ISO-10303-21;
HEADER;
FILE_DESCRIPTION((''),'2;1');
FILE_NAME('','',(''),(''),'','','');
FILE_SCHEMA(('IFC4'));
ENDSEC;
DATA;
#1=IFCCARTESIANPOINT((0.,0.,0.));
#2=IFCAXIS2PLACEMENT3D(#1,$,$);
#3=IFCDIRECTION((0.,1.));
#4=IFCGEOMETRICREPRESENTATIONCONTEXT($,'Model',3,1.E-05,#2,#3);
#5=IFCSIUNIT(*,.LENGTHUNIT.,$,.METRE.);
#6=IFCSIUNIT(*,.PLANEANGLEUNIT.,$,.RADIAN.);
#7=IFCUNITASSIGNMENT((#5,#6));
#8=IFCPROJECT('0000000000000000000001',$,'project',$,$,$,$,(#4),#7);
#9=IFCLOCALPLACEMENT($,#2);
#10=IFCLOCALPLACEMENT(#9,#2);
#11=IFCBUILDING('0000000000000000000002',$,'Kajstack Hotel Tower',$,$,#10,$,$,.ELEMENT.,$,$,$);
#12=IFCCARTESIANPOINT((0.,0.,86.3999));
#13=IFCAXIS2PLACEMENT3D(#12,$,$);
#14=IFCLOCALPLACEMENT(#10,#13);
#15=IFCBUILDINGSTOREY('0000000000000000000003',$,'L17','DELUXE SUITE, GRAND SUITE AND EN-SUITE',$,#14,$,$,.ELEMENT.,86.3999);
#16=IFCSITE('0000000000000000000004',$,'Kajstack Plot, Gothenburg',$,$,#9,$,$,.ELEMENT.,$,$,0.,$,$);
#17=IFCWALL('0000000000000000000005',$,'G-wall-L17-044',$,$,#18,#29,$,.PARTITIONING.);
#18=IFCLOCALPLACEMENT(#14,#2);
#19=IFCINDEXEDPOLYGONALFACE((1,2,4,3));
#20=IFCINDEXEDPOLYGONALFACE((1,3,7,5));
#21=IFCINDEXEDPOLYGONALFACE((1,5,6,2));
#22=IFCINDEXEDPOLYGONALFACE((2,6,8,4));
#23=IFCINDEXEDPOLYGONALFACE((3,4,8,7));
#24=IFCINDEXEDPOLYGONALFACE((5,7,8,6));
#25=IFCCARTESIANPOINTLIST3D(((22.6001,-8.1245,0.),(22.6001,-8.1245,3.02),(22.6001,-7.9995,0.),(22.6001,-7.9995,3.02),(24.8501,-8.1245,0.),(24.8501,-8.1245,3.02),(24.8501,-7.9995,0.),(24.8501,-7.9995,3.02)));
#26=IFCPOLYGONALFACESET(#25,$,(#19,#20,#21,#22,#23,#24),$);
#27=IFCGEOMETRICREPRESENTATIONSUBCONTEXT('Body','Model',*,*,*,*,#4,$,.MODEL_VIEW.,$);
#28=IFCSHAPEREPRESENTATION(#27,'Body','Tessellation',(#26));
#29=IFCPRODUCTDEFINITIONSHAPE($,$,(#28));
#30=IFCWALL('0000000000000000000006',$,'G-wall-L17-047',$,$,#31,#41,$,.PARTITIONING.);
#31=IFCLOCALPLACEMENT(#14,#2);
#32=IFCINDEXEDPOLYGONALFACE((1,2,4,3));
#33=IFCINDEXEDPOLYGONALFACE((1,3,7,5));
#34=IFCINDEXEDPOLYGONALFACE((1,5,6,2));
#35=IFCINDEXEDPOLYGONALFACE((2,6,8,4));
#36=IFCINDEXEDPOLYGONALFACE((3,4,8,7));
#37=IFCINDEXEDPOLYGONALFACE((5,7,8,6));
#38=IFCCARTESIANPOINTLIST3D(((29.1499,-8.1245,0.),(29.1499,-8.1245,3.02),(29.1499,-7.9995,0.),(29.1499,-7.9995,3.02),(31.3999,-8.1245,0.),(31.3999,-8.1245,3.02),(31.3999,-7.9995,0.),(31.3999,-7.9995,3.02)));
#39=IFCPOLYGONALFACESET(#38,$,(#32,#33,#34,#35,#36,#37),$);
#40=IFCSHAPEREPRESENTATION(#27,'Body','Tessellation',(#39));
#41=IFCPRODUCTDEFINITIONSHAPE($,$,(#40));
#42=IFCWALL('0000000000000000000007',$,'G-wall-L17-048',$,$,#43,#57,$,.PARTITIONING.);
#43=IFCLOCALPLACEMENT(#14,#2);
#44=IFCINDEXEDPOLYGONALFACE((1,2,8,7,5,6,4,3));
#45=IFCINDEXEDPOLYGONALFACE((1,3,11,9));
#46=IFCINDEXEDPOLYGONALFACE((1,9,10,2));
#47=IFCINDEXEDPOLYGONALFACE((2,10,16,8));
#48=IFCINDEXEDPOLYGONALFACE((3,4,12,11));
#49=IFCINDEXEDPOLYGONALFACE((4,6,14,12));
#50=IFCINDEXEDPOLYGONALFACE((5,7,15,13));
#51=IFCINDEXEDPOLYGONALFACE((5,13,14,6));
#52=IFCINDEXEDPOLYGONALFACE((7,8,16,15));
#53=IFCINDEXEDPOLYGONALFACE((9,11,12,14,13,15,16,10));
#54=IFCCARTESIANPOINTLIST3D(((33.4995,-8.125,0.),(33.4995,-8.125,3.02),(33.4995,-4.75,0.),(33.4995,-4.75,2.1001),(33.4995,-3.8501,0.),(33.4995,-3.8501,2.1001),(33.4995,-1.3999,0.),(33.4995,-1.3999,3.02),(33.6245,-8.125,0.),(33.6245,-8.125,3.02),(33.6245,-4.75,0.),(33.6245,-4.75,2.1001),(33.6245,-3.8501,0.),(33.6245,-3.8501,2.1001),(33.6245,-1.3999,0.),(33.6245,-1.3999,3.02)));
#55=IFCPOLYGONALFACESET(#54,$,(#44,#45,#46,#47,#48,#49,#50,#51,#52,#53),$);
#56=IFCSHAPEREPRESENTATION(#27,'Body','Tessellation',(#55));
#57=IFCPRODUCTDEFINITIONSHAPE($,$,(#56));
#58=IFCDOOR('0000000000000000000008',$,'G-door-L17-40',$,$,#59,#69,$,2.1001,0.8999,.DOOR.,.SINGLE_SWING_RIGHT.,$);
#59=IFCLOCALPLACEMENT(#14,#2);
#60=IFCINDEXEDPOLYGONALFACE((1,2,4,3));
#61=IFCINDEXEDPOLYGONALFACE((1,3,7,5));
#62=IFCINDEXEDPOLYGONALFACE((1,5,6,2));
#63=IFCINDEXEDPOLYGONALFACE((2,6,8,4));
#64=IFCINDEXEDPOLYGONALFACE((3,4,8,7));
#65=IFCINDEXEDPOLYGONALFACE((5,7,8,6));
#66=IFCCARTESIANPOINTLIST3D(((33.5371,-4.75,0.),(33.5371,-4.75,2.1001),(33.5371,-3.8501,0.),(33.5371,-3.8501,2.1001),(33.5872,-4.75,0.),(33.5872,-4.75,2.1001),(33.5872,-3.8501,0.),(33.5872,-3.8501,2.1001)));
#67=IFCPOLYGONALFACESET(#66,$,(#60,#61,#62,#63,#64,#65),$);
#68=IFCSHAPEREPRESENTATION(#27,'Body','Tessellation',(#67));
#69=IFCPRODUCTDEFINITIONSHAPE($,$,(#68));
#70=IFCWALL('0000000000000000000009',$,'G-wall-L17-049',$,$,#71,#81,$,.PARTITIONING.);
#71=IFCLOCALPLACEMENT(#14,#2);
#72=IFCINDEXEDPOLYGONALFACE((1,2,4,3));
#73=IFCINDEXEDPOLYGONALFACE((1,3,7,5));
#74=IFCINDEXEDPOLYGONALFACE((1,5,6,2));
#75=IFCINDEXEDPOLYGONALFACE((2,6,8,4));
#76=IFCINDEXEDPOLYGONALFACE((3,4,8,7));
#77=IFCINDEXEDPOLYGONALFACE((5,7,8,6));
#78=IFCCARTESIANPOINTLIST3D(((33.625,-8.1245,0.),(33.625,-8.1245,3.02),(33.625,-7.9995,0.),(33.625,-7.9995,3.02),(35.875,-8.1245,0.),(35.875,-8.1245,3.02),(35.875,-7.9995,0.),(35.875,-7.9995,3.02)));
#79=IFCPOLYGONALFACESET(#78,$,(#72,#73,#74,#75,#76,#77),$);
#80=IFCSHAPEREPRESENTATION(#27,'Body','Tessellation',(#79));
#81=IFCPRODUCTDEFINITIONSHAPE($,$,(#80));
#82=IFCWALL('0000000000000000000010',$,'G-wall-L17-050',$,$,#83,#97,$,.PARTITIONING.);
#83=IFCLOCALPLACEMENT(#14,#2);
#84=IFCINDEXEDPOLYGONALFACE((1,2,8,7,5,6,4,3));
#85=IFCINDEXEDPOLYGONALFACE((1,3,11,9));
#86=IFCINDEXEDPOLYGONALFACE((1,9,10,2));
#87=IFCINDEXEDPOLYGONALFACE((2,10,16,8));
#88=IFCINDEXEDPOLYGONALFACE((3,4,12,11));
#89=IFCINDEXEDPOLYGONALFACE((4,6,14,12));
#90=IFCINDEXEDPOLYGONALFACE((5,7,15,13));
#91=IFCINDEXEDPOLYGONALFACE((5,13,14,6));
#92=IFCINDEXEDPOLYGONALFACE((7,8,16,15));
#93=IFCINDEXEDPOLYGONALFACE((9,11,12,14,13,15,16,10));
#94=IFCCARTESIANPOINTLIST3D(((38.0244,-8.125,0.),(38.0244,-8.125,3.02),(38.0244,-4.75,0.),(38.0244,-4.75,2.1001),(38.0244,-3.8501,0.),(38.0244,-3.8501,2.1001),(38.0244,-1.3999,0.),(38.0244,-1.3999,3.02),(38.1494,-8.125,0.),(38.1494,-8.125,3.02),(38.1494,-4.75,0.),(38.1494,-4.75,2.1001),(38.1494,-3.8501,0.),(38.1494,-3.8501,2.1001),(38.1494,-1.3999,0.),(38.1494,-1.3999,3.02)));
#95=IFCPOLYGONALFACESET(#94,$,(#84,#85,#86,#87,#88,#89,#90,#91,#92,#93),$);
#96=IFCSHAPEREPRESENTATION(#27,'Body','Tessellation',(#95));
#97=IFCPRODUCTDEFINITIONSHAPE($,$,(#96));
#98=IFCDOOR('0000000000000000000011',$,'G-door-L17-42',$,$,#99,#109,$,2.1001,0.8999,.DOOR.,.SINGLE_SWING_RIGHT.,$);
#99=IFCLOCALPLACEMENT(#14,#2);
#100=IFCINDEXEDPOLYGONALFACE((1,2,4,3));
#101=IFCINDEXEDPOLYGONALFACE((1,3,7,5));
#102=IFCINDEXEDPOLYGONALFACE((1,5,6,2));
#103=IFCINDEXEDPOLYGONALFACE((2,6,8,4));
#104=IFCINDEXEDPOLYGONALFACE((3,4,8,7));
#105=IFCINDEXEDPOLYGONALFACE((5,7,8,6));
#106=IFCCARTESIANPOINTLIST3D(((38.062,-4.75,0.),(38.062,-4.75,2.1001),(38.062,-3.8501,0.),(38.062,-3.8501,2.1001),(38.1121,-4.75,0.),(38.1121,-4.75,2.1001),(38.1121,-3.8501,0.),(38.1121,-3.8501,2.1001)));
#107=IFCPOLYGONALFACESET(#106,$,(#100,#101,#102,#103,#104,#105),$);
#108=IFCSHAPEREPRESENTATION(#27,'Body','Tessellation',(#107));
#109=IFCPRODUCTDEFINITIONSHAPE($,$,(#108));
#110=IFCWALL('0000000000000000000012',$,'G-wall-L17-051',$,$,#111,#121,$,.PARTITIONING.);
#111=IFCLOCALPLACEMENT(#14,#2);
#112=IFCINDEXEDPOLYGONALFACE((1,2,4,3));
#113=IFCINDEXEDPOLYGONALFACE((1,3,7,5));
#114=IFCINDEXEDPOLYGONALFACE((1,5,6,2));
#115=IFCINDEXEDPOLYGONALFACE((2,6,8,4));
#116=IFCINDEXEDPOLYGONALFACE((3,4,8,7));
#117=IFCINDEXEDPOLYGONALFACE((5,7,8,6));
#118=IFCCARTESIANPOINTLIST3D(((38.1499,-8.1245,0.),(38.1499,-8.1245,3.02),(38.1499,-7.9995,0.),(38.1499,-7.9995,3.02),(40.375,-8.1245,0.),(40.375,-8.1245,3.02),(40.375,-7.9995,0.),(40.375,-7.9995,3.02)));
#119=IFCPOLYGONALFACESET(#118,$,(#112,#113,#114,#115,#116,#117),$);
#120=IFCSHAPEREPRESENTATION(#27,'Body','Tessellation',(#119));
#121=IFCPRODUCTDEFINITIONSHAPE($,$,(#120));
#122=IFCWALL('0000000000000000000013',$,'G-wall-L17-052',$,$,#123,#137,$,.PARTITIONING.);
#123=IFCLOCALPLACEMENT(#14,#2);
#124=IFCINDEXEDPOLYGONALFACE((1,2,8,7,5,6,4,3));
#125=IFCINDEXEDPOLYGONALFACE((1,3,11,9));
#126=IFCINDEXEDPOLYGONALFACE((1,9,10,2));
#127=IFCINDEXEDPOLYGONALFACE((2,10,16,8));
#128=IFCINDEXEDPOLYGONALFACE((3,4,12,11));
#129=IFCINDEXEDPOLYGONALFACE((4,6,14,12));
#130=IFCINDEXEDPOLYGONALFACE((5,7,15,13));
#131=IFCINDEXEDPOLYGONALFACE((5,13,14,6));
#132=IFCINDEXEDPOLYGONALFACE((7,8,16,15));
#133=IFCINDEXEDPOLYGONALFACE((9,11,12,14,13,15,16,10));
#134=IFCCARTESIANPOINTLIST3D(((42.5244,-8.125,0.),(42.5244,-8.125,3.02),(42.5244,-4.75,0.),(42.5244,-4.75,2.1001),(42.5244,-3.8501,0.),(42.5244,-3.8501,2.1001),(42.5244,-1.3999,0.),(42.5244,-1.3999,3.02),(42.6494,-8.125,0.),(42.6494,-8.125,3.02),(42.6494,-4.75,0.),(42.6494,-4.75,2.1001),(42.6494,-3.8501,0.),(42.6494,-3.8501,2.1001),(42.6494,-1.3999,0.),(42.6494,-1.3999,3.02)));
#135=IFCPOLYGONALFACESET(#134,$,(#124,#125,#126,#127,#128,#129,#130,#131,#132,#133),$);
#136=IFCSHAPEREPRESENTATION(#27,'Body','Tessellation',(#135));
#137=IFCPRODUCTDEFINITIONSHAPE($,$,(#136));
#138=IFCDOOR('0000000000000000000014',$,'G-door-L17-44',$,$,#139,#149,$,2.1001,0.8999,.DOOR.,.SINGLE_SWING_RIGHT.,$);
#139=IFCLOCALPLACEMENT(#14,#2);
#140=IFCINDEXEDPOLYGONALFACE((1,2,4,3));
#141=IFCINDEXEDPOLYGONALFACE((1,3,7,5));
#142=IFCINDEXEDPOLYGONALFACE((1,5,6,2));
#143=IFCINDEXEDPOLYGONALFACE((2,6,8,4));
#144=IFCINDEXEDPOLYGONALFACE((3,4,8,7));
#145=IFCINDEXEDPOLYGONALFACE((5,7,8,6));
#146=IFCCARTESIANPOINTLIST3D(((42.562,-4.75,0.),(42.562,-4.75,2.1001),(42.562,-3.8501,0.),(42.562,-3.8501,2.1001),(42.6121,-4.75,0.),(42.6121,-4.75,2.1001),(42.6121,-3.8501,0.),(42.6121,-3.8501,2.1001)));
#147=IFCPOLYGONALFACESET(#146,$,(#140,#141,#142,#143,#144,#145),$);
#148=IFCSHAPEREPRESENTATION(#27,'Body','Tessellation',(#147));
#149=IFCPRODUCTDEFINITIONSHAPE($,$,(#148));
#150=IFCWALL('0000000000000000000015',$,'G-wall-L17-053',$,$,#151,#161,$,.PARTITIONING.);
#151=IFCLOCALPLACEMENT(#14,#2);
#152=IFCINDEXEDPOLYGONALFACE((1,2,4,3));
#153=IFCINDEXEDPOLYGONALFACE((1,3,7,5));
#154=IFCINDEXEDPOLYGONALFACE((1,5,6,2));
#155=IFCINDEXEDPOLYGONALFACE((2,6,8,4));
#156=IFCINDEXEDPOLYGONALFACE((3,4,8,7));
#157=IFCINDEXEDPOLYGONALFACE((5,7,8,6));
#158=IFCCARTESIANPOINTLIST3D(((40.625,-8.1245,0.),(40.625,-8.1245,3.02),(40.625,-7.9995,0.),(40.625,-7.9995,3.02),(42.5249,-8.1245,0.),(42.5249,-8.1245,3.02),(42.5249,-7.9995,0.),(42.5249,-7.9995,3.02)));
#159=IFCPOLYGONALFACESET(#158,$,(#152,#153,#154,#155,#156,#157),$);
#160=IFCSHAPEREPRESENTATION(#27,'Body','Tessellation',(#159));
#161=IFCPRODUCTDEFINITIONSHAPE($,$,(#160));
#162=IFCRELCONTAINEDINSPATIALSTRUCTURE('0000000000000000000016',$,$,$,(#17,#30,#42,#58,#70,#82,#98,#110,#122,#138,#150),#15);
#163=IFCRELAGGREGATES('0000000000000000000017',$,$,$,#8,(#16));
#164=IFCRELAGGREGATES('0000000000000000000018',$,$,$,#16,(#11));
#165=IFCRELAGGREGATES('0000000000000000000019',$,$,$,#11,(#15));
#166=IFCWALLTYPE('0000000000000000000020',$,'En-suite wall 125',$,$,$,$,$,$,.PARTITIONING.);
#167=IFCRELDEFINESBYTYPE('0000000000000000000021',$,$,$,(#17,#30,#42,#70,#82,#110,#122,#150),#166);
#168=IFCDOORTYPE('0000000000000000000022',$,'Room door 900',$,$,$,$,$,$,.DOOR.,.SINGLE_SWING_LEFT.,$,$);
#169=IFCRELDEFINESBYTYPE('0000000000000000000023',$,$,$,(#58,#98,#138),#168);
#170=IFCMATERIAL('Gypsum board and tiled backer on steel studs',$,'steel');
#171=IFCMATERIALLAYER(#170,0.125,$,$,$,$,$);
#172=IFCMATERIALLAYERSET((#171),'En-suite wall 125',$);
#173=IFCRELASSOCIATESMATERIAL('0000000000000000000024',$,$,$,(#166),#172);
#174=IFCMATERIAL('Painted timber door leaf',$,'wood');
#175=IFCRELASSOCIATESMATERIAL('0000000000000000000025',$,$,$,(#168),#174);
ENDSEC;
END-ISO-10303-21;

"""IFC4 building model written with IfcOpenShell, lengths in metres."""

from ifc_helpers import new_model, si_unit, direction, frame, frame_2d, origin, place, context, subcontext, project, spatial, rectangle, extrude, material, layer, layer_set, type_object, element, fill, save


model = new_model("IFC4")

# Units and contexts
model_context = context("Model", 3, precision=1e-05, world=origin(), true_north=direction((0.0, 1.0)))
body_context = subcontext(model_context, "Body", "Model", "MODEL_VIEW")
ifc_project = project(units=[si_unit("LENGTHUNIT", "METRE"), si_unit("PLANEANGLEUNIT", "RADIAN")], contexts=[model_context])

# Site, building, storey
site_placement = place(None, origin())
site = spatial("IfcSite", under=ifc_project, at=site_placement, Name="Kajstack Plot, Gothenburg", CompositionType="ELEMENT", RefElevation=0.0)
building_placement = place(site_placement, origin())
building = spatial("IfcBuilding", under=site, at=building_placement, Name="Kajstack Hotel Tower", CompositionType="ELEMENT")
storey_placement = place(building_placement, frame((0.0, 0.0, 86.3999)))
storey = spatial("IfcBuildingStorey", under=building, at=storey_placement, Name="L17", Description="DELUXE SUITE, GRAND SUITE AND EN-SUITE", CompositionType="ELEMENT", Elevation=86.3999)

# Walls
ifc_material_1 = material(Name="Gypsum board and tiled backer on steel studs", Category="steel")
ifc_layer_1 = layer(ifc_material_1, 0.125)
ifc_layer_set_1 = layer_set([ifc_layer_1], Name="En-suite wall 125")
wall_type_1 = type_object("IfcWallType", Name="En-suite wall 125", PredefinedType="PARTITIONING", material=ifc_layer_set_1)
for number, where, z_axis, x_axis, name in (
    (1, (22.6001, -8.062, 0.0), (0.0, 0.0, 1.0), (1.0, 0.0, 0.0), "G-wall-L17-044"),
    (2, (29.1499, -8.062, 0.0), (0.0, 0.0, 1.0), (1.0, 0.0, 0.0), "G-wall-L17-047"),
):
    element("IfcWall", number, at=place(storey_placement, frame(where, z_axis=z_axis, x_axis=x_axis)), inside=storey, type_object=wall_type_1, Name=name, PredefinedType="PARTITIONING", context=body_context, shape_type="SweptSolid", body=[
        extrude(rectangle(XDim=2.25, YDim=0.125, at=frame_2d((1.125, 0.0))), origin(), (0.0, 0.0, 1.0), 3.02),
    ])

# Wall, opening, door
wall_1_placement = place(storey_placement, frame((33.562, -8.125, 0.0), z_axis=(0.0, 0.0, 1.0), x_axis=(0.0, 1.0, 0.0)))
wall_1 = element("IfcWall", 3, at=wall_1_placement, inside=storey, type_object=wall_type_1, Name="G-wall-L17-048", PredefinedType="PARTITIONING", context=body_context, shape_type="SweptSolid", body=[
    extrude(rectangle(XDim=6.7251, YDim=0.125, at=frame_2d((3.3625, 0.0))), origin(), (0.0, 0.0, 1.0), 3.02),
])
opening_1_placement = place(wall_1_placement, frame((3.375, 0.0, 0.0)))
opening_1 = element("IfcOpeningElement", 4, at=opening_1_placement, cuts=wall_1, PredefinedType="OPENING", context=body_context, shape_type="SweptSolid", body=[
    extrude(rectangle(XDim=0.8999, YDim=2.1001, at=frame_2d((0.45, 1.05))), frame((0.0, 0.0725, 0.0), z_axis=(0.0, -1.0, 0.0), x_axis=(1.0, 0.0, 0.0)), (0.0, 0.0, 1.0), 0.145),
])
ifc_material_2 = material(Name="Painted timber door leaf", Category="wood")
door_type_1 = type_object("IfcDoorType", Name="Room door 900", OperationType="SINGLE_SWING_LEFT", PredefinedType="DOOR", material=ifc_material_2)
door_1_placement = place(opening_1_placement, origin())
door_1 = element("IfcDoor", 5, at=door_1_placement, inside=storey, type_object=door_type_1, Name="G-door-L17-40", OperationType="SINGLE_SWING_RIGHT", OverallHeight=2.1001, OverallWidth=0.8999, PredefinedType="DOOR", context=body_context, shape_type="SweptSolid", body=[
    extrude(rectangle(XDim=0.8999, YDim=2.1001, at=frame_2d((0.45, 1.05))), frame((0.0, 0.0249, 0.0), z_axis=(0.0, -1.0, 0.0), x_axis=(1.0, 0.0, 0.0)), (0.0, 0.0, 1.0), 0.05),
])
fill(opening_1, door_1)

# Wall
wall_2_placement = place(storey_placement, frame((33.625, -8.062, 0.0), z_axis=(0.0, 0.0, 1.0), x_axis=(1.0, 0.0, 0.0)))
element("IfcWall", 6, at=wall_2_placement, inside=storey, type_object=wall_type_1, Name="G-wall-L17-049", PredefinedType="PARTITIONING", context=body_context, shape_type="SweptSolid", body=[
    extrude(rectangle(XDim=2.25, YDim=0.125, at=frame_2d((1.125, 0.0))), origin(), (0.0, 0.0, 1.0), 3.02),
])

# Wall, opening, door
wall_3_placement = place(storey_placement, frame((38.0869, -8.125, 0.0), z_axis=(0.0, 0.0, 1.0), x_axis=(0.0, 1.0, 0.0)))
wall_3 = element("IfcWall", 7, at=wall_3_placement, inside=storey, type_object=wall_type_1, Name="G-wall-L17-050", PredefinedType="PARTITIONING", context=body_context, shape_type="SweptSolid", body=[
    extrude(rectangle(XDim=6.7251, YDim=0.125, at=frame_2d((3.3625, 0.0))), origin(), (0.0, 0.0, 1.0), 3.02),
])
opening_2_placement = place(wall_3_placement, frame((3.375, 0.0, 0.0)))
opening_2 = element("IfcOpeningElement", 8, at=opening_2_placement, cuts=wall_3, PredefinedType="OPENING", context=body_context, shape_type="SweptSolid", body=[
    extrude(rectangle(XDim=0.8999, YDim=2.1001, at=frame_2d((0.45, 1.05))), frame((0.0, 0.0725, 0.0), z_axis=(0.0, -1.0, 0.0), x_axis=(1.0, 0.0, 0.0)), (0.0, 0.0, 1.0), 0.145),
])
door_2_placement = place(opening_2_placement, origin())
door_2 = element("IfcDoor", 9, at=door_2_placement, inside=storey, type_object=door_type_1, Name="G-door-L17-42", OperationType="SINGLE_SWING_RIGHT", OverallHeight=2.1001, OverallWidth=0.8999, PredefinedType="DOOR", context=body_context, shape_type="SweptSolid", body=[
    extrude(rectangle(XDim=0.8999, YDim=2.1001, at=frame_2d((0.45, 1.05))), frame((0.0, 0.0249, 0.0), z_axis=(0.0, -1.0, 0.0), x_axis=(1.0, 0.0, 0.0)), (0.0, 0.0, 1.0), 0.05),
])
fill(opening_2, door_2)

# Wall
wall_4_placement = place(storey_placement, frame((38.1499, -8.062, 0.0), z_axis=(0.0, 0.0, 1.0), x_axis=(1.0, 0.0, 0.0)))
element("IfcWall", 10, at=wall_4_placement, inside=storey, type_object=wall_type_1, Name="G-wall-L17-051", PredefinedType="PARTITIONING", context=body_context, shape_type="SweptSolid", body=[
    extrude(rectangle(XDim=2.2251, YDim=0.125, at=frame_2d((1.1125, 0.0))), origin(), (0.0, 0.0, 1.0), 3.02),
])

# Wall, opening, door
wall_5_placement = place(storey_placement, frame((42.5869, -8.125, 0.0), z_axis=(0.0, 0.0, 1.0), x_axis=(0.0, 1.0, 0.0)))
wall_5 = element("IfcWall", 11, at=wall_5_placement, inside=storey, type_object=wall_type_1, Name="G-wall-L17-052", PredefinedType="PARTITIONING", context=body_context, shape_type="SweptSolid", body=[
    extrude(rectangle(XDim=6.7251, YDim=0.125, at=frame_2d((3.3625, 0.0))), origin(), (0.0, 0.0, 1.0), 3.02),
])
opening_3_placement = place(wall_5_placement, frame((3.375, 0.0, 0.0)))
opening_3 = element("IfcOpeningElement", 12, at=opening_3_placement, cuts=wall_5, PredefinedType="OPENING", context=body_context, shape_type="SweptSolid", body=[
    extrude(rectangle(XDim=0.8999, YDim=2.1001, at=frame_2d((0.45, 1.05))), frame((0.0, 0.0725, 0.0), z_axis=(0.0, -1.0, 0.0), x_axis=(1.0, 0.0, 0.0)), (0.0, 0.0, 1.0), 0.145),
])
door_3_placement = place(opening_3_placement, origin())
door_3 = element("IfcDoor", 13, at=door_3_placement, inside=storey, type_object=door_type_1, Name="G-door-L17-44", OperationType="SINGLE_SWING_RIGHT", OverallHeight=2.1001, OverallWidth=0.8999, PredefinedType="DOOR", context=body_context, shape_type="SweptSolid", body=[
    extrude(rectangle(XDim=0.8999, YDim=2.1001, at=frame_2d((0.45, 1.05))), frame((0.0, 0.0249, 0.0), z_axis=(0.0, -1.0, 0.0), x_axis=(1.0, 0.0, 0.0)), (0.0, 0.0, 1.0), 0.05),
])
fill(opening_3, door_3)

# Wall
wall_6_placement = place(storey_placement, frame((40.625, -8.062, 0.0), z_axis=(0.0, 0.0, 1.0), x_axis=(1.0, 0.0, 0.0)))
element("IfcWall", 14, at=wall_6_placement, inside=storey, type_object=wall_type_1, Name="G-wall-L17-053", PredefinedType="PARTITIONING", context=body_context, shape_type="SweptSolid", body=[
    extrude(rectangle(XDim=1.8999, YDim=0.125, at=frame_2d((0.95, 0.0))), origin(), (0.0, 0.0, 1.0), 3.02),
])

save(model, "model.ifc")
